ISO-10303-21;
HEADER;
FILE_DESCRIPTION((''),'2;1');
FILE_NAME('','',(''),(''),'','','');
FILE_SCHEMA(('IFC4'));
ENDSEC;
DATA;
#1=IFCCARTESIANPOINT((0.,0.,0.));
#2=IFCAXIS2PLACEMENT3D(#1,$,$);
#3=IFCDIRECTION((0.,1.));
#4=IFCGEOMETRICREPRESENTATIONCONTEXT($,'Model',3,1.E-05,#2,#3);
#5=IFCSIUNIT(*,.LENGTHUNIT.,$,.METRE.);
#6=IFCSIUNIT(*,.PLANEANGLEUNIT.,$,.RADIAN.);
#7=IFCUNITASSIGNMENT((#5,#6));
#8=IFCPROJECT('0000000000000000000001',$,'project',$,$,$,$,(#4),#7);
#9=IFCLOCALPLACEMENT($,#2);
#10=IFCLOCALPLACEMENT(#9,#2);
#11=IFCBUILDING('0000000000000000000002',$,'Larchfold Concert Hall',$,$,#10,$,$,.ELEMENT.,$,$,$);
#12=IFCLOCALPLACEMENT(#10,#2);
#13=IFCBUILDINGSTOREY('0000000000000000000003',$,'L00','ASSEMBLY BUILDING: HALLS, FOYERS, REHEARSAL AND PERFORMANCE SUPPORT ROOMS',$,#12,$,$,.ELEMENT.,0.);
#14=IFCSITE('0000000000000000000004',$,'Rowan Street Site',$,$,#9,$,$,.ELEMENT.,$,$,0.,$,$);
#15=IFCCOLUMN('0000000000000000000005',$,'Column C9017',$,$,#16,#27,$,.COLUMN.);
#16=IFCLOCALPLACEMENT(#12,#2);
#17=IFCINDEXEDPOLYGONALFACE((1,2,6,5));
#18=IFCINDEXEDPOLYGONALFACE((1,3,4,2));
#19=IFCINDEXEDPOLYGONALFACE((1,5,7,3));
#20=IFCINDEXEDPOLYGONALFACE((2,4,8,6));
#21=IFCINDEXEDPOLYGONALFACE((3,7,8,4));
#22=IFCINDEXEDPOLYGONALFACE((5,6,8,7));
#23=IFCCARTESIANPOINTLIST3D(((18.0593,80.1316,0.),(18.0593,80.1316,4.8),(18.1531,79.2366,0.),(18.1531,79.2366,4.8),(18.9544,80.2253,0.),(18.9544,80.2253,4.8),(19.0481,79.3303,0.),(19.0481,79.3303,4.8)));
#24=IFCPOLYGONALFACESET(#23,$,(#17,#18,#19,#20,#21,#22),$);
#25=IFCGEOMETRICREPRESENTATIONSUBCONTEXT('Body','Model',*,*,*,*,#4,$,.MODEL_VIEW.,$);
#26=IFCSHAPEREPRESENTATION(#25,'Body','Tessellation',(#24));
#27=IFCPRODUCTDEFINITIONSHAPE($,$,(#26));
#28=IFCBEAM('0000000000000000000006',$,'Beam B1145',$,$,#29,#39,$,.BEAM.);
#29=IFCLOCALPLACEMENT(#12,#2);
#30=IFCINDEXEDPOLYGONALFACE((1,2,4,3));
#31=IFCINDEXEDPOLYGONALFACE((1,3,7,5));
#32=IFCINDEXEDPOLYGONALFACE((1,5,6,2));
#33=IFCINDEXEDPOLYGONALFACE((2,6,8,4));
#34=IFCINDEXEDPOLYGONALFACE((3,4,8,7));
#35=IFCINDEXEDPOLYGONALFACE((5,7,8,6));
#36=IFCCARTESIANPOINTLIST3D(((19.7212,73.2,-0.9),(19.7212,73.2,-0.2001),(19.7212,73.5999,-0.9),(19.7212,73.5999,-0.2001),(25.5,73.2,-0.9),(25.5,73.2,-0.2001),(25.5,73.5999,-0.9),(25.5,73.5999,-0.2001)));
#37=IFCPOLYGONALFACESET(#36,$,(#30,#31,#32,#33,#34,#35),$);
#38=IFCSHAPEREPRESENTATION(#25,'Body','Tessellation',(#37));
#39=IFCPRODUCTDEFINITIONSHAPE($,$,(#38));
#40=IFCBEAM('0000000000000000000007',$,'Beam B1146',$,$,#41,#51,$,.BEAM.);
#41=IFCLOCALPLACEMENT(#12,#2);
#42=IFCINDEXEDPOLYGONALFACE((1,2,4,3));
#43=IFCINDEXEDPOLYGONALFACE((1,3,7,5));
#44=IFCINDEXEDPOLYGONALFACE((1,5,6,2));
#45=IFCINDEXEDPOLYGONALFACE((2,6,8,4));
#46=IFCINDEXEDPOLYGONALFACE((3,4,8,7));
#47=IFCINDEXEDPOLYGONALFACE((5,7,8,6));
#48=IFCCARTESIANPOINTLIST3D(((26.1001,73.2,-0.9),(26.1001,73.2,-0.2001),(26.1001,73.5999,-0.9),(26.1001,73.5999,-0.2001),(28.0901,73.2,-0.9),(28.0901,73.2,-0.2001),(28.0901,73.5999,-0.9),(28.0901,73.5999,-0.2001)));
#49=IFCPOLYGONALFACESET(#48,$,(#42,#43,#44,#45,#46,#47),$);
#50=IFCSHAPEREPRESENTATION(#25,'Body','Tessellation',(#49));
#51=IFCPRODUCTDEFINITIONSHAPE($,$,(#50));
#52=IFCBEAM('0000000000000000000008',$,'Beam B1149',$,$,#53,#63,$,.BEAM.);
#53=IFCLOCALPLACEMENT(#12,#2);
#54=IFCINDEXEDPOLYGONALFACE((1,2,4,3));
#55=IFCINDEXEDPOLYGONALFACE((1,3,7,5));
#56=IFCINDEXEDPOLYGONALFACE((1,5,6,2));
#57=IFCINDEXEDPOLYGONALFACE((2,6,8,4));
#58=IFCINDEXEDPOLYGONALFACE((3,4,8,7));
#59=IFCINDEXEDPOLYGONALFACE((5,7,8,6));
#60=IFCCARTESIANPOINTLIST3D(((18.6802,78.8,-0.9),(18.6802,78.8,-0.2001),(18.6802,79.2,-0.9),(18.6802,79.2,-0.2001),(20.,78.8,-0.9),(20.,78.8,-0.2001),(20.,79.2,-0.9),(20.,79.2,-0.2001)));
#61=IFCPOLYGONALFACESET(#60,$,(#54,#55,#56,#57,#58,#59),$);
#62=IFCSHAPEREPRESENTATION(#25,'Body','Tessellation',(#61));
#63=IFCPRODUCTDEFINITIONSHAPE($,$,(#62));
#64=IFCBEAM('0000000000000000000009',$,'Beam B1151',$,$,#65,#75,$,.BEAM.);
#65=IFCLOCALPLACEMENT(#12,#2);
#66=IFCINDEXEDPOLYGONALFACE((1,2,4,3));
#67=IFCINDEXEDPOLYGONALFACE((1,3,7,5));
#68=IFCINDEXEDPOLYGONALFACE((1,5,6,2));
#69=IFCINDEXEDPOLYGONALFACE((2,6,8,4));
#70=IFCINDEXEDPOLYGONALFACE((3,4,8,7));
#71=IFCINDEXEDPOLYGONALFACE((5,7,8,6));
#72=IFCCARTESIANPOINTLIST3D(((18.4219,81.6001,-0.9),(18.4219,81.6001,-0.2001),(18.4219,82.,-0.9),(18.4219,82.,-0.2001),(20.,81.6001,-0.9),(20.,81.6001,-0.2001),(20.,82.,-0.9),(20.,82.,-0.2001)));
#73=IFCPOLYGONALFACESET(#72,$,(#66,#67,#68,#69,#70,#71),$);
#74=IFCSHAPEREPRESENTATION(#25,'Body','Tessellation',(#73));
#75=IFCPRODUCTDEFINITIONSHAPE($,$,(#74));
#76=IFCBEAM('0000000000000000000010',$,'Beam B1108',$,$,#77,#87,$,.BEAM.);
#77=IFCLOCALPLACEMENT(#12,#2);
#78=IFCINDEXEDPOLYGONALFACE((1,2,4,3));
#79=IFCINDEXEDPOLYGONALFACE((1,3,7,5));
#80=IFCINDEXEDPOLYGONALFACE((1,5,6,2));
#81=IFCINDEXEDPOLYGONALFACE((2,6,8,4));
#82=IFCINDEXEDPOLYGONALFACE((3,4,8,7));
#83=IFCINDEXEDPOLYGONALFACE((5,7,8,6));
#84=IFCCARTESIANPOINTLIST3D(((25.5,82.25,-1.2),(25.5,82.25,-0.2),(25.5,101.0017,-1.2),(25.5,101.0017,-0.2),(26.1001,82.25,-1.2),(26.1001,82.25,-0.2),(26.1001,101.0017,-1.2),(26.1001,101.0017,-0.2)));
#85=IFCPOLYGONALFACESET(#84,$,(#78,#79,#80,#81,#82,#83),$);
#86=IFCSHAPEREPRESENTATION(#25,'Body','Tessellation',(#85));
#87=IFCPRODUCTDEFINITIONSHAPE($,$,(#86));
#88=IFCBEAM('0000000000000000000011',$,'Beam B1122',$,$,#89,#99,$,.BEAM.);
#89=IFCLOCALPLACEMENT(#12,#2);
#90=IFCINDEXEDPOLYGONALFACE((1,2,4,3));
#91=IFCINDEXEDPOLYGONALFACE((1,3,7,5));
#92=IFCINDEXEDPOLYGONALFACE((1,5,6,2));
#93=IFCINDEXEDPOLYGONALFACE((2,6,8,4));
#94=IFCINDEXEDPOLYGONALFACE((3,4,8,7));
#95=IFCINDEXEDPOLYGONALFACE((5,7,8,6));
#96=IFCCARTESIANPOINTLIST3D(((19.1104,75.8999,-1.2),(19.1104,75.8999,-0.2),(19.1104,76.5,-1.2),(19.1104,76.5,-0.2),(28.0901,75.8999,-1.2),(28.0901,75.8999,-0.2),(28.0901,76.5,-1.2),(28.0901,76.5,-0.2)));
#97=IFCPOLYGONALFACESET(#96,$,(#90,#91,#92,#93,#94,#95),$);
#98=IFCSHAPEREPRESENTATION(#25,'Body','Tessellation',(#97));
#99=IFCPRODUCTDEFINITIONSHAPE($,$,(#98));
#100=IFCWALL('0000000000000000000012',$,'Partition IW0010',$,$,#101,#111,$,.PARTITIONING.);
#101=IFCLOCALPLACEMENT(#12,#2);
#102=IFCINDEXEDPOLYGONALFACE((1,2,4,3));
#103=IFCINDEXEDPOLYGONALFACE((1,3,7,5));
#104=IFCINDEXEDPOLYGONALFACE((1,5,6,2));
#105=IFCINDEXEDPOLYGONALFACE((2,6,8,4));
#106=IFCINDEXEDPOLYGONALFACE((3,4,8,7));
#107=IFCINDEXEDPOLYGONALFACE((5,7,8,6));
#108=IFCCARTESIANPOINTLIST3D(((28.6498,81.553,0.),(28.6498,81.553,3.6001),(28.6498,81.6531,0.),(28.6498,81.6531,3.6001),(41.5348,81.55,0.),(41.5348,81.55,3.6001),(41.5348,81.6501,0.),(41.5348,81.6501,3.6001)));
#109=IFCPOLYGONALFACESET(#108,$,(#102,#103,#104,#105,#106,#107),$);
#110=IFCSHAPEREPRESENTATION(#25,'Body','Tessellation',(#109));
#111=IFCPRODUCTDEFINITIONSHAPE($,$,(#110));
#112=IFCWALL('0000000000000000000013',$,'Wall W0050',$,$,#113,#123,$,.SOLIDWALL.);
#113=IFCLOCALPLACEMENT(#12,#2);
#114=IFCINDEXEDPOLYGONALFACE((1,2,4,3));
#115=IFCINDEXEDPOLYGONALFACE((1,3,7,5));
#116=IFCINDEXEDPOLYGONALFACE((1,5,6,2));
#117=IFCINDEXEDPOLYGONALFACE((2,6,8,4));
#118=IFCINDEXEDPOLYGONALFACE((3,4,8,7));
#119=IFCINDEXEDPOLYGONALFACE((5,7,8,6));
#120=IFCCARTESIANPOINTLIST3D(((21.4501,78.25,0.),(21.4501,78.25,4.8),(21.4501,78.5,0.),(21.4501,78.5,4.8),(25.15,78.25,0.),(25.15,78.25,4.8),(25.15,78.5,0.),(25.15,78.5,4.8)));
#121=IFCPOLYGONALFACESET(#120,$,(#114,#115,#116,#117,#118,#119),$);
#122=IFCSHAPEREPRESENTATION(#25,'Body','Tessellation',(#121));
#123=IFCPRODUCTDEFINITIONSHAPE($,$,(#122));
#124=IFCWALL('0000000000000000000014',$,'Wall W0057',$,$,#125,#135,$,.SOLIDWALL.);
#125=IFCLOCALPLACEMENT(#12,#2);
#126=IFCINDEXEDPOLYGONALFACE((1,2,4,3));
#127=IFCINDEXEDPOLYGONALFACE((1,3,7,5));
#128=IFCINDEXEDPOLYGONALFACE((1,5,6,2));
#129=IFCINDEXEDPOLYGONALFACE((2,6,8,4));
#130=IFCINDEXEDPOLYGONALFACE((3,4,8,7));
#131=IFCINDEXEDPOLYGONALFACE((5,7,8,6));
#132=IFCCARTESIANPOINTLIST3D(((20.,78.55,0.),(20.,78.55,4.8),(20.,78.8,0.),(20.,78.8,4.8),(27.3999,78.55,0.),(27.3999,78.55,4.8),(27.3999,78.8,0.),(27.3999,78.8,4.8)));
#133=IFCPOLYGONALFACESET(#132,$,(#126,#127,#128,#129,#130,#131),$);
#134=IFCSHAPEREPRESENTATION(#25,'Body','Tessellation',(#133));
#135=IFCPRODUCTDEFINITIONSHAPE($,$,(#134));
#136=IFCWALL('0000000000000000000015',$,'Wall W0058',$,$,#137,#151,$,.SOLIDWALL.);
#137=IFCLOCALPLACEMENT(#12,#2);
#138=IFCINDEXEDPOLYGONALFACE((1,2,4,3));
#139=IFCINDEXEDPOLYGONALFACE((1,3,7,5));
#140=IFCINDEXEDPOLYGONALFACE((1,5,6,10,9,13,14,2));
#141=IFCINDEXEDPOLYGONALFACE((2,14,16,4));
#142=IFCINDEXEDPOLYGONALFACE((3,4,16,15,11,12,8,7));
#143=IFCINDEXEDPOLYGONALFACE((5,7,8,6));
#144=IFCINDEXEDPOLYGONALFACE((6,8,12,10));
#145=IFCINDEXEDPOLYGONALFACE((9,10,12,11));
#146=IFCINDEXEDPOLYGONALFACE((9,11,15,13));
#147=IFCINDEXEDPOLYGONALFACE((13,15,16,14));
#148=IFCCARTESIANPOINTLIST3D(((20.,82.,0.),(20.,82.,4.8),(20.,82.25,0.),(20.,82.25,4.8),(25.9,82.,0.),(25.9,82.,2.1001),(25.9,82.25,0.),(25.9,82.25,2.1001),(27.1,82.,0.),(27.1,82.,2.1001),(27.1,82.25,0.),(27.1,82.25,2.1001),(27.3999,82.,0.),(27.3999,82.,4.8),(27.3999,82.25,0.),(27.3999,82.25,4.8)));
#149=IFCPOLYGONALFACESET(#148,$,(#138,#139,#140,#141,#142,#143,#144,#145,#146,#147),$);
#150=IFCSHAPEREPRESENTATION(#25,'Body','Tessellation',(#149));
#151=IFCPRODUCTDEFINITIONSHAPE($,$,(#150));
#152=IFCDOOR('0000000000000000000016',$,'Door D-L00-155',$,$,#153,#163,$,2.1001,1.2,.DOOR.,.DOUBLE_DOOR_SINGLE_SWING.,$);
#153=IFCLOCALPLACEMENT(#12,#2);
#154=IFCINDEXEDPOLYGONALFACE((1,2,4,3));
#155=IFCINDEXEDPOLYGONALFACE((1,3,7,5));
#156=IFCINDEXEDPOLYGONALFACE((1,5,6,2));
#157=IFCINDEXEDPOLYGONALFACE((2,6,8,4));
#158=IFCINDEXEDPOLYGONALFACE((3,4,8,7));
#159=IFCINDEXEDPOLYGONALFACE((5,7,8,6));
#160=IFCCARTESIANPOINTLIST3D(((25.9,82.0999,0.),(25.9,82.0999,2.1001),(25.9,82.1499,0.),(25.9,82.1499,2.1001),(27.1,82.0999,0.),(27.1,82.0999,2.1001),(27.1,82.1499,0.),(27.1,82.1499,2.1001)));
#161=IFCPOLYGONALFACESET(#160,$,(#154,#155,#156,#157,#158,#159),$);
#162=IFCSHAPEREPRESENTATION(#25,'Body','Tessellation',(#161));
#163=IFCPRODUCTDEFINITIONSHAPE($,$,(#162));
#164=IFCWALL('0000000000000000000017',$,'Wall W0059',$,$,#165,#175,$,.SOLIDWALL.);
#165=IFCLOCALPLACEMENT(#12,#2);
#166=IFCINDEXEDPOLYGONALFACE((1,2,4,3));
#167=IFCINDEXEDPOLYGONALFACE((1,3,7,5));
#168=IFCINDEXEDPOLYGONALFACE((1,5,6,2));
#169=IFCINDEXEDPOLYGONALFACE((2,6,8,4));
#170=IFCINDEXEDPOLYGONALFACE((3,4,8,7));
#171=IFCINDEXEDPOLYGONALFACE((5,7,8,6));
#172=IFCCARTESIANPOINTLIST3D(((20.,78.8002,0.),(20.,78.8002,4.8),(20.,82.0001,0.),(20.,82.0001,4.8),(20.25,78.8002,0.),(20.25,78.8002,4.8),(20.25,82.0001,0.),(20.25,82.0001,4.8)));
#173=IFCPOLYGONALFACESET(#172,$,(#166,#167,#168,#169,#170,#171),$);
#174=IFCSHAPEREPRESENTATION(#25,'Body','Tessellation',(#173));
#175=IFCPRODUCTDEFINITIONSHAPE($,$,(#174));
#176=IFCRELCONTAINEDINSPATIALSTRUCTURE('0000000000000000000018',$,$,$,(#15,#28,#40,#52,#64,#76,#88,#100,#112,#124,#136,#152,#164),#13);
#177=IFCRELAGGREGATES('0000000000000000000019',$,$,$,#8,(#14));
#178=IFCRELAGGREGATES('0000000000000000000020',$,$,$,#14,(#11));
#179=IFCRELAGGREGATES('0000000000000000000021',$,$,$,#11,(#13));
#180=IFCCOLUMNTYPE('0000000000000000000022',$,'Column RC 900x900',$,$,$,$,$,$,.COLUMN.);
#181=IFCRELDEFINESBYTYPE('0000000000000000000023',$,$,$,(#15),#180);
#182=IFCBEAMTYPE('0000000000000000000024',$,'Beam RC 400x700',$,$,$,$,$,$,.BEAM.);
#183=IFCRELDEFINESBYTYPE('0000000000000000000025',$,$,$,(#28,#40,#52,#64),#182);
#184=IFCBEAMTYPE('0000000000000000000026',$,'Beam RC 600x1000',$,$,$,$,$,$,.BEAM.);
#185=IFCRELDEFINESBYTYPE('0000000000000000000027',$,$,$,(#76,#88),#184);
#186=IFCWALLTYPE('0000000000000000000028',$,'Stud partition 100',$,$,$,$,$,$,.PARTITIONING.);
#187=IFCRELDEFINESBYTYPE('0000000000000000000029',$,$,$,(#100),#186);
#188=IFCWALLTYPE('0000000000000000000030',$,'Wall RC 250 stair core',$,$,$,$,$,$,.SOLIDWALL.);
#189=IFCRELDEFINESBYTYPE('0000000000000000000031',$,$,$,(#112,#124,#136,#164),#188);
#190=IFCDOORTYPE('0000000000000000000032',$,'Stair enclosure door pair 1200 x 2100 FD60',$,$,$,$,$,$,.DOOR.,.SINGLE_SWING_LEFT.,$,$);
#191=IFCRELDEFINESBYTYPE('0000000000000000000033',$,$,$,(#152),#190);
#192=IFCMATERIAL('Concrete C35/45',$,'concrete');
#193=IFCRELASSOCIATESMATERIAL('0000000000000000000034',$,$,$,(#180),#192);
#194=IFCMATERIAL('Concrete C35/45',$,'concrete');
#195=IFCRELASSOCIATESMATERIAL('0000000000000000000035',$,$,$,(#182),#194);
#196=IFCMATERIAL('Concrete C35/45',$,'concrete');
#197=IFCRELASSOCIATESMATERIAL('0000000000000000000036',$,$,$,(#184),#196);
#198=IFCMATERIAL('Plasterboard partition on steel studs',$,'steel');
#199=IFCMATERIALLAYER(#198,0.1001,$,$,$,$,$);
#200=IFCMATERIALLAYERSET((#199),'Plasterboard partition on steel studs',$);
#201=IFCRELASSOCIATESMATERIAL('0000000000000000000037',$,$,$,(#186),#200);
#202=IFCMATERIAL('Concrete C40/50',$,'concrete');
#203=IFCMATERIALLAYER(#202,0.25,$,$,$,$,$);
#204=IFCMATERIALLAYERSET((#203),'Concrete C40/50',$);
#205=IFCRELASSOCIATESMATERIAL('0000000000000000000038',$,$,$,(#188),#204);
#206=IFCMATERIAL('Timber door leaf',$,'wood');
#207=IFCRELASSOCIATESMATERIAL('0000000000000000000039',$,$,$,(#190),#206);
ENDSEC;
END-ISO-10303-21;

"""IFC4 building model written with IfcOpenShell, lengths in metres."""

from ifc_helpers import new_model, si_unit, direction, frame, frame_2d, origin, origin_2d, place, context, subcontext, project, spatial, rectangle, extrude, material, layer, layer_set, material_profile, profile_set, type_object, element, fill, save


model = new_model("IFC4")

# Units and contexts
model_context = context("Model", 3, precision=1e-05, world=origin(), true_north=direction((0.0, 1.0)))
body_context = subcontext(model_context, "Body", "Model", "MODEL_VIEW")
ifc_project = project(units=[si_unit("LENGTHUNIT", "METRE"), si_unit("PLANEANGLEUNIT", "RADIAN")], contexts=[model_context])

# Site, building, storey
site_placement = place(None, origin())
site = spatial("IfcSite", under=ifc_project, at=site_placement, Name="Rowan Street Site", CompositionType="ELEMENT", RefElevation=0.0)
building_placement = place(site_placement, origin())
building = spatial("IfcBuilding", under=site, at=building_placement, Name="Larchfold Concert Hall", CompositionType="ELEMENT")
storey_placement = place(building_placement, origin())
storey = spatial("IfcBuildingStorey", under=building, at=storey_placement, Name="L00", Description="ASSEMBLY BUILDING: HALLS, FOYERS, REHEARSAL AND PERFORMANCE SUPPORT ROOMS", CompositionType="ELEMENT", Elevation=0.0)

# Column
ifc_material_1 = material(Name="Concrete C35/45", Category="concrete")
ifc_material_profile_1 = material_profile(ifc_material_1, rectangle(XDim=0.8999, YDim=0.8999, at=origin_2d()))
ifc_profile_set_1 = profile_set([ifc_material_profile_1], Name="Concrete C35/45")
column_type = type_object("IfcColumnType", Name="Column RC 900x900", PredefinedType="COLUMN", material=ifc_profile_set_1)
column_placement = place(storey_placement, frame((18.5537, 79.731, 0.0), z_axis=(0.0, 0.0, 1.0), x_axis=(0.994561, 0.104152, 0.0)))
element("IfcColumn", 1, at=column_placement, inside=storey, type_object=column_type, Name="Column C9017", PredefinedType="COLUMN", context=body_context, shape_type="SweptSolid", body=[
    extrude(rectangle(XDim=0.8999, YDim=0.8999, at=origin_2d()), origin(), (0.0, 0.0, 1.0), 4.8),
])

# Beams
ifc_material_2 = material(Name="Concrete C35/45", Category="concrete")
ifc_material_profile_2 = material_profile(ifc_material_2, rectangle(XDim=0.3999, YDim=0.7, at=origin_2d()))
ifc_profile_set_2 = profile_set([ifc_material_profile_2], Name="Concrete C35/45")
beam_type_1 = type_object("IfcBeamType", Name="Beam RC 400x700", PredefinedType="BEAM", material=ifc_profile_set_2)
beam_1_placement = place(storey_placement, frame((19.7212, 73.3999, -0.55), z_axis=(1.0, 0.0, 0.0), x_axis=(0.0, 1.0, 0.0)))
element("IfcBeam", 2, at=beam_1_placement, inside=storey, type_object=beam_type_1, Name="Beam B1145", PredefinedType="BEAM", context=body_context, shape_type="SweptSolid", body=[
    extrude(rectangle(XDim=0.3999, YDim=0.7, at=origin_2d()), origin(), (0.0, 0.0, 1.0), 5.7788),
])
beam_2_placement = place(storey_placement, frame((26.1001, 73.3999, -0.55), z_axis=(1.0, 0.0, 0.0), x_axis=(0.0, 1.0, 0.0)))
element("IfcBeam", 3, at=beam_2_placement, inside=storey, type_object=beam_type_1, Name="Beam B1146", PredefinedType="BEAM", context=body_context, shape_type="SweptSolid", body=[
    extrude(rectangle(XDim=0.3999, YDim=0.7, at=origin_2d()), origin(), (0.0, 0.0, 1.0), 1.99),
])
beam_3_placement = place(storey_placement, frame((18.6802, 79.0, -0.55), z_axis=(1.0, 0.0, 0.0), x_axis=(0.0, 1.0, 0.0)))
element("IfcBeam", 4, at=beam_3_placement, inside=storey, type_object=beam_type_1, Name="Beam B1149", PredefinedType="BEAM", context=body_context, shape_type="SweptSolid", body=[
    extrude(rectangle(XDim=0.3999, YDim=0.7, at=origin_2d()), origin(), (0.0, 0.0, 1.0), 1.3198),
])
beam_4_placement = place(storey_placement, frame((18.4219, 81.8, -0.55), z_axis=(1.0, 0.0, 0.0), x_axis=(0.0, 1.0, 0.0)))
element("IfcBeam", 5, at=beam_4_placement, inside=storey, type_object=beam_type_1, Name="Beam B1151", PredefinedType="BEAM", context=body_context, shape_type="SweptSolid", body=[
    extrude(rectangle(XDim=0.3999, YDim=0.7, at=origin_2d()), origin(), (0.0, 0.0, 1.0), 1.5781),
])
ifc_material_3 = material(Name="Concrete C35/45", Category="concrete")
ifc_material_profile_3 = material_profile(ifc_material_3, rectangle(XDim=0.6001, YDim=1.0, at=origin_2d()))
ifc_profile_set_3 = profile_set([ifc_material_profile_3], Name="Concrete C35/45")
beam_type_2 = type_object("IfcBeamType", Name="Beam RC 600x1000", PredefinedType="BEAM", material=ifc_profile_set_3)
beam_5_placement = place(storey_placement, frame((25.8, 82.25, -0.7), z_axis=(0.0, 1.0, 0.0), x_axis=(-1.0, 0.0, 0.0)))
element("IfcBeam", 6, at=beam_5_placement, inside=storey, type_object=beam_type_2, Name="Beam B1108", PredefinedType="BEAM", context=body_context, shape_type="SweptSolid", body=[
    extrude(rectangle(XDim=0.6001, YDim=1.0, at=origin_2d()), origin(), (0.0, 0.0, 1.0), 18.7517),
])
beam_6_placement = place(storey_placement, frame((19.1104, 76.2, -0.7), z_axis=(1.0, 0.0, 0.0), x_axis=(0.0, 1.0, 0.0)))
element("IfcBeam", 7, at=beam_6_placement, inside=storey, type_object=beam_type_2, Name="Beam B1122", PredefinedType="BEAM", context=body_context, shape_type="SweptSolid", body=[
    extrude(rectangle(XDim=0.6001, YDim=1.0, at=origin_2d()), origin(), (0.0, 0.0, 1.0), 8.9797),
])

# Walls
ifc_material_4 = material(Name="Plasterboard partition on steel studs", Category="steel")
ifc_layer_1 = layer(ifc_material_4, 0.1001)
ifc_layer_set_1 = layer_set([ifc_layer_1], Name="Plasterboard partition on steel studs")
wall_type_1 = type_object("IfcWallType", Name="Stud partition 100", PredefinedType="PARTITIONING", material=ifc_layer_set_1)
wall_1_placement = place(storey_placement, frame((28.6499, 81.603, 0.0), z_axis=(0.0, 0.0, 1.0), x_axis=(1.0, -0.000227, 0.0)))
element("IfcWall", 8, at=wall_1_placement, inside=storey, type_object=wall_type_1, Name="Partition IW0010", PredefinedType="PARTITIONING", context=body_context, shape_type="SweptSolid", body=[
    extrude(rectangle(XDim=12.885, YDim=0.1001, at=frame_2d((6.4424, 0.0))), origin(), (0.0, 0.0, 1.0), 3.6001),
])
ifc_material_5 = material(Name="Concrete C40/50", Category="concrete")
ifc_layer_2 = layer(ifc_material_5, 0.25)
ifc_layer_set_2 = layer_set([ifc_layer_2], Name="Concrete C40/50")
wall_type_2 = type_object("IfcWallType", Name="Wall RC 250 stair core", PredefinedType="SOLIDWALL", material=ifc_layer_set_2)
wall_2_placement = place(storey_placement, frame((21.45, 78.375, 0.0), z_axis=(0.0, 0.0, 1.0), x_axis=(1.0, 0.0, 0.0)))
element("IfcWall", 9, at=wall_2_placement, inside=storey, type_object=wall_type_2, Name="Wall W0050", PredefinedType="SOLIDWALL", context=body_context, shape_type="SweptSolid", body=[
    extrude(rectangle(XDim=3.7, YDim=0.25, at=frame_2d((1.8501, 0.0))), origin(), (0.0, 0.0, 1.0), 4.8),
])
wall_3_placement = place(storey_placement, frame((20.0, 78.675, 0.0), z_axis=(0.0, 0.0, 1.0), x_axis=(1.0, 0.0, 0.0)))
element("IfcWall", 10, at=wall_3_placement, inside=storey, type_object=wall_type_2, Name="Wall W0057", PredefinedType="SOLIDWALL", context=body_context, shape_type="SweptSolid", body=[
    extrude(rectangle(XDim=7.3999, YDim=0.25, at=frame_2d((3.7, 0.0))), origin(), (0.0, 0.0, 1.0), 4.8),
])

# Wall, opening, door
wall_4_placement = place(storey_placement, frame((20.0, 82.125, 0.0), z_axis=(0.0, 0.0, 1.0), x_axis=(1.0, 0.0, 0.0)))
wall_4 = element("IfcWall", 11, at=wall_4_placement, inside=storey, type_object=wall_type_2, Name="Wall W0058", PredefinedType="SOLIDWALL", context=body_context, shape_type="SweptSolid", body=[
    extrude(rectangle(XDim=7.3999, YDim=0.25, at=frame_2d((3.7, 0.0))), origin(), (0.0, 0.0, 1.0), 4.8),
])
opening_1_placement = place(wall_4_placement, frame((5.8999, 0.0, 0.0)))
opening_1 = element("IfcOpeningElement", 12, at=opening_1_placement, cuts=wall_4, PredefinedType="OPENING", context=body_context, shape_type="SweptSolid", body=[
    extrude(rectangle(XDim=1.2, YDim=2.1001, at=frame_2d((0.6001, 1.05))), frame((0.0, 0.135, 0.0), z_axis=(0.0, -1.0, 0.0), x_axis=(1.0, 0.0, 0.0)), (0.0, 0.0, 1.0), 0.27),
])
ifc_material_6 = material(Name="Timber door leaf", Category="wood")
door_type_1 = type_object("IfcDoorType", Name="Stair enclosure door pair 1200 x 2100 FD60", OperationType="SINGLE_SWING_LEFT", PredefinedType="DOOR", material=ifc_material_6)
door_1_placement = place(opening_1_placement, origin())
door_1 = element("IfcDoor", 13, at=door_1_placement, inside=storey, type_object=door_type_1, Name="Door D-L00-155", OperationType="DOUBLE_DOOR_SINGLE_SWING", OverallHeight=2.1001, OverallWidth=1.2, PredefinedType="DOOR", context=body_context, shape_type="SweptSolid", body=[
    extrude(rectangle(XDim=1.2, YDim=2.1001, at=frame_2d((0.6001, 1.05))), frame((0.0, 0.0249, 0.0), z_axis=(0.0, -1.0, 0.0), x_axis=(1.0, 0.0, 0.0)), (0.0, 0.0, 1.0), 0.05),
])
fill(opening_1, door_1)

# Wall
for number, where, z_axis, x_axis, name in (
    (14, (20.125, 78.8, 0.0), (0.0, 0.0, 1.0), (0.0, 1.0, 0.0), "Wall W0059"),
):
    element("IfcWall", number, at=place(storey_placement, frame(where, z_axis=z_axis, x_axis=x_axis)), inside=storey, type_object=wall_type_2, Name=name, PredefinedType="SOLIDWALL", context=body_context, shape_type="SweptSolid", body=[
        extrude(rectangle(XDim=3.2, YDim=0.25, at=frame_2d((1.6001, 0.0))), origin(), (0.0, 0.0, 1.0), 4.8),
    ])

save(model, "model.ifc")
